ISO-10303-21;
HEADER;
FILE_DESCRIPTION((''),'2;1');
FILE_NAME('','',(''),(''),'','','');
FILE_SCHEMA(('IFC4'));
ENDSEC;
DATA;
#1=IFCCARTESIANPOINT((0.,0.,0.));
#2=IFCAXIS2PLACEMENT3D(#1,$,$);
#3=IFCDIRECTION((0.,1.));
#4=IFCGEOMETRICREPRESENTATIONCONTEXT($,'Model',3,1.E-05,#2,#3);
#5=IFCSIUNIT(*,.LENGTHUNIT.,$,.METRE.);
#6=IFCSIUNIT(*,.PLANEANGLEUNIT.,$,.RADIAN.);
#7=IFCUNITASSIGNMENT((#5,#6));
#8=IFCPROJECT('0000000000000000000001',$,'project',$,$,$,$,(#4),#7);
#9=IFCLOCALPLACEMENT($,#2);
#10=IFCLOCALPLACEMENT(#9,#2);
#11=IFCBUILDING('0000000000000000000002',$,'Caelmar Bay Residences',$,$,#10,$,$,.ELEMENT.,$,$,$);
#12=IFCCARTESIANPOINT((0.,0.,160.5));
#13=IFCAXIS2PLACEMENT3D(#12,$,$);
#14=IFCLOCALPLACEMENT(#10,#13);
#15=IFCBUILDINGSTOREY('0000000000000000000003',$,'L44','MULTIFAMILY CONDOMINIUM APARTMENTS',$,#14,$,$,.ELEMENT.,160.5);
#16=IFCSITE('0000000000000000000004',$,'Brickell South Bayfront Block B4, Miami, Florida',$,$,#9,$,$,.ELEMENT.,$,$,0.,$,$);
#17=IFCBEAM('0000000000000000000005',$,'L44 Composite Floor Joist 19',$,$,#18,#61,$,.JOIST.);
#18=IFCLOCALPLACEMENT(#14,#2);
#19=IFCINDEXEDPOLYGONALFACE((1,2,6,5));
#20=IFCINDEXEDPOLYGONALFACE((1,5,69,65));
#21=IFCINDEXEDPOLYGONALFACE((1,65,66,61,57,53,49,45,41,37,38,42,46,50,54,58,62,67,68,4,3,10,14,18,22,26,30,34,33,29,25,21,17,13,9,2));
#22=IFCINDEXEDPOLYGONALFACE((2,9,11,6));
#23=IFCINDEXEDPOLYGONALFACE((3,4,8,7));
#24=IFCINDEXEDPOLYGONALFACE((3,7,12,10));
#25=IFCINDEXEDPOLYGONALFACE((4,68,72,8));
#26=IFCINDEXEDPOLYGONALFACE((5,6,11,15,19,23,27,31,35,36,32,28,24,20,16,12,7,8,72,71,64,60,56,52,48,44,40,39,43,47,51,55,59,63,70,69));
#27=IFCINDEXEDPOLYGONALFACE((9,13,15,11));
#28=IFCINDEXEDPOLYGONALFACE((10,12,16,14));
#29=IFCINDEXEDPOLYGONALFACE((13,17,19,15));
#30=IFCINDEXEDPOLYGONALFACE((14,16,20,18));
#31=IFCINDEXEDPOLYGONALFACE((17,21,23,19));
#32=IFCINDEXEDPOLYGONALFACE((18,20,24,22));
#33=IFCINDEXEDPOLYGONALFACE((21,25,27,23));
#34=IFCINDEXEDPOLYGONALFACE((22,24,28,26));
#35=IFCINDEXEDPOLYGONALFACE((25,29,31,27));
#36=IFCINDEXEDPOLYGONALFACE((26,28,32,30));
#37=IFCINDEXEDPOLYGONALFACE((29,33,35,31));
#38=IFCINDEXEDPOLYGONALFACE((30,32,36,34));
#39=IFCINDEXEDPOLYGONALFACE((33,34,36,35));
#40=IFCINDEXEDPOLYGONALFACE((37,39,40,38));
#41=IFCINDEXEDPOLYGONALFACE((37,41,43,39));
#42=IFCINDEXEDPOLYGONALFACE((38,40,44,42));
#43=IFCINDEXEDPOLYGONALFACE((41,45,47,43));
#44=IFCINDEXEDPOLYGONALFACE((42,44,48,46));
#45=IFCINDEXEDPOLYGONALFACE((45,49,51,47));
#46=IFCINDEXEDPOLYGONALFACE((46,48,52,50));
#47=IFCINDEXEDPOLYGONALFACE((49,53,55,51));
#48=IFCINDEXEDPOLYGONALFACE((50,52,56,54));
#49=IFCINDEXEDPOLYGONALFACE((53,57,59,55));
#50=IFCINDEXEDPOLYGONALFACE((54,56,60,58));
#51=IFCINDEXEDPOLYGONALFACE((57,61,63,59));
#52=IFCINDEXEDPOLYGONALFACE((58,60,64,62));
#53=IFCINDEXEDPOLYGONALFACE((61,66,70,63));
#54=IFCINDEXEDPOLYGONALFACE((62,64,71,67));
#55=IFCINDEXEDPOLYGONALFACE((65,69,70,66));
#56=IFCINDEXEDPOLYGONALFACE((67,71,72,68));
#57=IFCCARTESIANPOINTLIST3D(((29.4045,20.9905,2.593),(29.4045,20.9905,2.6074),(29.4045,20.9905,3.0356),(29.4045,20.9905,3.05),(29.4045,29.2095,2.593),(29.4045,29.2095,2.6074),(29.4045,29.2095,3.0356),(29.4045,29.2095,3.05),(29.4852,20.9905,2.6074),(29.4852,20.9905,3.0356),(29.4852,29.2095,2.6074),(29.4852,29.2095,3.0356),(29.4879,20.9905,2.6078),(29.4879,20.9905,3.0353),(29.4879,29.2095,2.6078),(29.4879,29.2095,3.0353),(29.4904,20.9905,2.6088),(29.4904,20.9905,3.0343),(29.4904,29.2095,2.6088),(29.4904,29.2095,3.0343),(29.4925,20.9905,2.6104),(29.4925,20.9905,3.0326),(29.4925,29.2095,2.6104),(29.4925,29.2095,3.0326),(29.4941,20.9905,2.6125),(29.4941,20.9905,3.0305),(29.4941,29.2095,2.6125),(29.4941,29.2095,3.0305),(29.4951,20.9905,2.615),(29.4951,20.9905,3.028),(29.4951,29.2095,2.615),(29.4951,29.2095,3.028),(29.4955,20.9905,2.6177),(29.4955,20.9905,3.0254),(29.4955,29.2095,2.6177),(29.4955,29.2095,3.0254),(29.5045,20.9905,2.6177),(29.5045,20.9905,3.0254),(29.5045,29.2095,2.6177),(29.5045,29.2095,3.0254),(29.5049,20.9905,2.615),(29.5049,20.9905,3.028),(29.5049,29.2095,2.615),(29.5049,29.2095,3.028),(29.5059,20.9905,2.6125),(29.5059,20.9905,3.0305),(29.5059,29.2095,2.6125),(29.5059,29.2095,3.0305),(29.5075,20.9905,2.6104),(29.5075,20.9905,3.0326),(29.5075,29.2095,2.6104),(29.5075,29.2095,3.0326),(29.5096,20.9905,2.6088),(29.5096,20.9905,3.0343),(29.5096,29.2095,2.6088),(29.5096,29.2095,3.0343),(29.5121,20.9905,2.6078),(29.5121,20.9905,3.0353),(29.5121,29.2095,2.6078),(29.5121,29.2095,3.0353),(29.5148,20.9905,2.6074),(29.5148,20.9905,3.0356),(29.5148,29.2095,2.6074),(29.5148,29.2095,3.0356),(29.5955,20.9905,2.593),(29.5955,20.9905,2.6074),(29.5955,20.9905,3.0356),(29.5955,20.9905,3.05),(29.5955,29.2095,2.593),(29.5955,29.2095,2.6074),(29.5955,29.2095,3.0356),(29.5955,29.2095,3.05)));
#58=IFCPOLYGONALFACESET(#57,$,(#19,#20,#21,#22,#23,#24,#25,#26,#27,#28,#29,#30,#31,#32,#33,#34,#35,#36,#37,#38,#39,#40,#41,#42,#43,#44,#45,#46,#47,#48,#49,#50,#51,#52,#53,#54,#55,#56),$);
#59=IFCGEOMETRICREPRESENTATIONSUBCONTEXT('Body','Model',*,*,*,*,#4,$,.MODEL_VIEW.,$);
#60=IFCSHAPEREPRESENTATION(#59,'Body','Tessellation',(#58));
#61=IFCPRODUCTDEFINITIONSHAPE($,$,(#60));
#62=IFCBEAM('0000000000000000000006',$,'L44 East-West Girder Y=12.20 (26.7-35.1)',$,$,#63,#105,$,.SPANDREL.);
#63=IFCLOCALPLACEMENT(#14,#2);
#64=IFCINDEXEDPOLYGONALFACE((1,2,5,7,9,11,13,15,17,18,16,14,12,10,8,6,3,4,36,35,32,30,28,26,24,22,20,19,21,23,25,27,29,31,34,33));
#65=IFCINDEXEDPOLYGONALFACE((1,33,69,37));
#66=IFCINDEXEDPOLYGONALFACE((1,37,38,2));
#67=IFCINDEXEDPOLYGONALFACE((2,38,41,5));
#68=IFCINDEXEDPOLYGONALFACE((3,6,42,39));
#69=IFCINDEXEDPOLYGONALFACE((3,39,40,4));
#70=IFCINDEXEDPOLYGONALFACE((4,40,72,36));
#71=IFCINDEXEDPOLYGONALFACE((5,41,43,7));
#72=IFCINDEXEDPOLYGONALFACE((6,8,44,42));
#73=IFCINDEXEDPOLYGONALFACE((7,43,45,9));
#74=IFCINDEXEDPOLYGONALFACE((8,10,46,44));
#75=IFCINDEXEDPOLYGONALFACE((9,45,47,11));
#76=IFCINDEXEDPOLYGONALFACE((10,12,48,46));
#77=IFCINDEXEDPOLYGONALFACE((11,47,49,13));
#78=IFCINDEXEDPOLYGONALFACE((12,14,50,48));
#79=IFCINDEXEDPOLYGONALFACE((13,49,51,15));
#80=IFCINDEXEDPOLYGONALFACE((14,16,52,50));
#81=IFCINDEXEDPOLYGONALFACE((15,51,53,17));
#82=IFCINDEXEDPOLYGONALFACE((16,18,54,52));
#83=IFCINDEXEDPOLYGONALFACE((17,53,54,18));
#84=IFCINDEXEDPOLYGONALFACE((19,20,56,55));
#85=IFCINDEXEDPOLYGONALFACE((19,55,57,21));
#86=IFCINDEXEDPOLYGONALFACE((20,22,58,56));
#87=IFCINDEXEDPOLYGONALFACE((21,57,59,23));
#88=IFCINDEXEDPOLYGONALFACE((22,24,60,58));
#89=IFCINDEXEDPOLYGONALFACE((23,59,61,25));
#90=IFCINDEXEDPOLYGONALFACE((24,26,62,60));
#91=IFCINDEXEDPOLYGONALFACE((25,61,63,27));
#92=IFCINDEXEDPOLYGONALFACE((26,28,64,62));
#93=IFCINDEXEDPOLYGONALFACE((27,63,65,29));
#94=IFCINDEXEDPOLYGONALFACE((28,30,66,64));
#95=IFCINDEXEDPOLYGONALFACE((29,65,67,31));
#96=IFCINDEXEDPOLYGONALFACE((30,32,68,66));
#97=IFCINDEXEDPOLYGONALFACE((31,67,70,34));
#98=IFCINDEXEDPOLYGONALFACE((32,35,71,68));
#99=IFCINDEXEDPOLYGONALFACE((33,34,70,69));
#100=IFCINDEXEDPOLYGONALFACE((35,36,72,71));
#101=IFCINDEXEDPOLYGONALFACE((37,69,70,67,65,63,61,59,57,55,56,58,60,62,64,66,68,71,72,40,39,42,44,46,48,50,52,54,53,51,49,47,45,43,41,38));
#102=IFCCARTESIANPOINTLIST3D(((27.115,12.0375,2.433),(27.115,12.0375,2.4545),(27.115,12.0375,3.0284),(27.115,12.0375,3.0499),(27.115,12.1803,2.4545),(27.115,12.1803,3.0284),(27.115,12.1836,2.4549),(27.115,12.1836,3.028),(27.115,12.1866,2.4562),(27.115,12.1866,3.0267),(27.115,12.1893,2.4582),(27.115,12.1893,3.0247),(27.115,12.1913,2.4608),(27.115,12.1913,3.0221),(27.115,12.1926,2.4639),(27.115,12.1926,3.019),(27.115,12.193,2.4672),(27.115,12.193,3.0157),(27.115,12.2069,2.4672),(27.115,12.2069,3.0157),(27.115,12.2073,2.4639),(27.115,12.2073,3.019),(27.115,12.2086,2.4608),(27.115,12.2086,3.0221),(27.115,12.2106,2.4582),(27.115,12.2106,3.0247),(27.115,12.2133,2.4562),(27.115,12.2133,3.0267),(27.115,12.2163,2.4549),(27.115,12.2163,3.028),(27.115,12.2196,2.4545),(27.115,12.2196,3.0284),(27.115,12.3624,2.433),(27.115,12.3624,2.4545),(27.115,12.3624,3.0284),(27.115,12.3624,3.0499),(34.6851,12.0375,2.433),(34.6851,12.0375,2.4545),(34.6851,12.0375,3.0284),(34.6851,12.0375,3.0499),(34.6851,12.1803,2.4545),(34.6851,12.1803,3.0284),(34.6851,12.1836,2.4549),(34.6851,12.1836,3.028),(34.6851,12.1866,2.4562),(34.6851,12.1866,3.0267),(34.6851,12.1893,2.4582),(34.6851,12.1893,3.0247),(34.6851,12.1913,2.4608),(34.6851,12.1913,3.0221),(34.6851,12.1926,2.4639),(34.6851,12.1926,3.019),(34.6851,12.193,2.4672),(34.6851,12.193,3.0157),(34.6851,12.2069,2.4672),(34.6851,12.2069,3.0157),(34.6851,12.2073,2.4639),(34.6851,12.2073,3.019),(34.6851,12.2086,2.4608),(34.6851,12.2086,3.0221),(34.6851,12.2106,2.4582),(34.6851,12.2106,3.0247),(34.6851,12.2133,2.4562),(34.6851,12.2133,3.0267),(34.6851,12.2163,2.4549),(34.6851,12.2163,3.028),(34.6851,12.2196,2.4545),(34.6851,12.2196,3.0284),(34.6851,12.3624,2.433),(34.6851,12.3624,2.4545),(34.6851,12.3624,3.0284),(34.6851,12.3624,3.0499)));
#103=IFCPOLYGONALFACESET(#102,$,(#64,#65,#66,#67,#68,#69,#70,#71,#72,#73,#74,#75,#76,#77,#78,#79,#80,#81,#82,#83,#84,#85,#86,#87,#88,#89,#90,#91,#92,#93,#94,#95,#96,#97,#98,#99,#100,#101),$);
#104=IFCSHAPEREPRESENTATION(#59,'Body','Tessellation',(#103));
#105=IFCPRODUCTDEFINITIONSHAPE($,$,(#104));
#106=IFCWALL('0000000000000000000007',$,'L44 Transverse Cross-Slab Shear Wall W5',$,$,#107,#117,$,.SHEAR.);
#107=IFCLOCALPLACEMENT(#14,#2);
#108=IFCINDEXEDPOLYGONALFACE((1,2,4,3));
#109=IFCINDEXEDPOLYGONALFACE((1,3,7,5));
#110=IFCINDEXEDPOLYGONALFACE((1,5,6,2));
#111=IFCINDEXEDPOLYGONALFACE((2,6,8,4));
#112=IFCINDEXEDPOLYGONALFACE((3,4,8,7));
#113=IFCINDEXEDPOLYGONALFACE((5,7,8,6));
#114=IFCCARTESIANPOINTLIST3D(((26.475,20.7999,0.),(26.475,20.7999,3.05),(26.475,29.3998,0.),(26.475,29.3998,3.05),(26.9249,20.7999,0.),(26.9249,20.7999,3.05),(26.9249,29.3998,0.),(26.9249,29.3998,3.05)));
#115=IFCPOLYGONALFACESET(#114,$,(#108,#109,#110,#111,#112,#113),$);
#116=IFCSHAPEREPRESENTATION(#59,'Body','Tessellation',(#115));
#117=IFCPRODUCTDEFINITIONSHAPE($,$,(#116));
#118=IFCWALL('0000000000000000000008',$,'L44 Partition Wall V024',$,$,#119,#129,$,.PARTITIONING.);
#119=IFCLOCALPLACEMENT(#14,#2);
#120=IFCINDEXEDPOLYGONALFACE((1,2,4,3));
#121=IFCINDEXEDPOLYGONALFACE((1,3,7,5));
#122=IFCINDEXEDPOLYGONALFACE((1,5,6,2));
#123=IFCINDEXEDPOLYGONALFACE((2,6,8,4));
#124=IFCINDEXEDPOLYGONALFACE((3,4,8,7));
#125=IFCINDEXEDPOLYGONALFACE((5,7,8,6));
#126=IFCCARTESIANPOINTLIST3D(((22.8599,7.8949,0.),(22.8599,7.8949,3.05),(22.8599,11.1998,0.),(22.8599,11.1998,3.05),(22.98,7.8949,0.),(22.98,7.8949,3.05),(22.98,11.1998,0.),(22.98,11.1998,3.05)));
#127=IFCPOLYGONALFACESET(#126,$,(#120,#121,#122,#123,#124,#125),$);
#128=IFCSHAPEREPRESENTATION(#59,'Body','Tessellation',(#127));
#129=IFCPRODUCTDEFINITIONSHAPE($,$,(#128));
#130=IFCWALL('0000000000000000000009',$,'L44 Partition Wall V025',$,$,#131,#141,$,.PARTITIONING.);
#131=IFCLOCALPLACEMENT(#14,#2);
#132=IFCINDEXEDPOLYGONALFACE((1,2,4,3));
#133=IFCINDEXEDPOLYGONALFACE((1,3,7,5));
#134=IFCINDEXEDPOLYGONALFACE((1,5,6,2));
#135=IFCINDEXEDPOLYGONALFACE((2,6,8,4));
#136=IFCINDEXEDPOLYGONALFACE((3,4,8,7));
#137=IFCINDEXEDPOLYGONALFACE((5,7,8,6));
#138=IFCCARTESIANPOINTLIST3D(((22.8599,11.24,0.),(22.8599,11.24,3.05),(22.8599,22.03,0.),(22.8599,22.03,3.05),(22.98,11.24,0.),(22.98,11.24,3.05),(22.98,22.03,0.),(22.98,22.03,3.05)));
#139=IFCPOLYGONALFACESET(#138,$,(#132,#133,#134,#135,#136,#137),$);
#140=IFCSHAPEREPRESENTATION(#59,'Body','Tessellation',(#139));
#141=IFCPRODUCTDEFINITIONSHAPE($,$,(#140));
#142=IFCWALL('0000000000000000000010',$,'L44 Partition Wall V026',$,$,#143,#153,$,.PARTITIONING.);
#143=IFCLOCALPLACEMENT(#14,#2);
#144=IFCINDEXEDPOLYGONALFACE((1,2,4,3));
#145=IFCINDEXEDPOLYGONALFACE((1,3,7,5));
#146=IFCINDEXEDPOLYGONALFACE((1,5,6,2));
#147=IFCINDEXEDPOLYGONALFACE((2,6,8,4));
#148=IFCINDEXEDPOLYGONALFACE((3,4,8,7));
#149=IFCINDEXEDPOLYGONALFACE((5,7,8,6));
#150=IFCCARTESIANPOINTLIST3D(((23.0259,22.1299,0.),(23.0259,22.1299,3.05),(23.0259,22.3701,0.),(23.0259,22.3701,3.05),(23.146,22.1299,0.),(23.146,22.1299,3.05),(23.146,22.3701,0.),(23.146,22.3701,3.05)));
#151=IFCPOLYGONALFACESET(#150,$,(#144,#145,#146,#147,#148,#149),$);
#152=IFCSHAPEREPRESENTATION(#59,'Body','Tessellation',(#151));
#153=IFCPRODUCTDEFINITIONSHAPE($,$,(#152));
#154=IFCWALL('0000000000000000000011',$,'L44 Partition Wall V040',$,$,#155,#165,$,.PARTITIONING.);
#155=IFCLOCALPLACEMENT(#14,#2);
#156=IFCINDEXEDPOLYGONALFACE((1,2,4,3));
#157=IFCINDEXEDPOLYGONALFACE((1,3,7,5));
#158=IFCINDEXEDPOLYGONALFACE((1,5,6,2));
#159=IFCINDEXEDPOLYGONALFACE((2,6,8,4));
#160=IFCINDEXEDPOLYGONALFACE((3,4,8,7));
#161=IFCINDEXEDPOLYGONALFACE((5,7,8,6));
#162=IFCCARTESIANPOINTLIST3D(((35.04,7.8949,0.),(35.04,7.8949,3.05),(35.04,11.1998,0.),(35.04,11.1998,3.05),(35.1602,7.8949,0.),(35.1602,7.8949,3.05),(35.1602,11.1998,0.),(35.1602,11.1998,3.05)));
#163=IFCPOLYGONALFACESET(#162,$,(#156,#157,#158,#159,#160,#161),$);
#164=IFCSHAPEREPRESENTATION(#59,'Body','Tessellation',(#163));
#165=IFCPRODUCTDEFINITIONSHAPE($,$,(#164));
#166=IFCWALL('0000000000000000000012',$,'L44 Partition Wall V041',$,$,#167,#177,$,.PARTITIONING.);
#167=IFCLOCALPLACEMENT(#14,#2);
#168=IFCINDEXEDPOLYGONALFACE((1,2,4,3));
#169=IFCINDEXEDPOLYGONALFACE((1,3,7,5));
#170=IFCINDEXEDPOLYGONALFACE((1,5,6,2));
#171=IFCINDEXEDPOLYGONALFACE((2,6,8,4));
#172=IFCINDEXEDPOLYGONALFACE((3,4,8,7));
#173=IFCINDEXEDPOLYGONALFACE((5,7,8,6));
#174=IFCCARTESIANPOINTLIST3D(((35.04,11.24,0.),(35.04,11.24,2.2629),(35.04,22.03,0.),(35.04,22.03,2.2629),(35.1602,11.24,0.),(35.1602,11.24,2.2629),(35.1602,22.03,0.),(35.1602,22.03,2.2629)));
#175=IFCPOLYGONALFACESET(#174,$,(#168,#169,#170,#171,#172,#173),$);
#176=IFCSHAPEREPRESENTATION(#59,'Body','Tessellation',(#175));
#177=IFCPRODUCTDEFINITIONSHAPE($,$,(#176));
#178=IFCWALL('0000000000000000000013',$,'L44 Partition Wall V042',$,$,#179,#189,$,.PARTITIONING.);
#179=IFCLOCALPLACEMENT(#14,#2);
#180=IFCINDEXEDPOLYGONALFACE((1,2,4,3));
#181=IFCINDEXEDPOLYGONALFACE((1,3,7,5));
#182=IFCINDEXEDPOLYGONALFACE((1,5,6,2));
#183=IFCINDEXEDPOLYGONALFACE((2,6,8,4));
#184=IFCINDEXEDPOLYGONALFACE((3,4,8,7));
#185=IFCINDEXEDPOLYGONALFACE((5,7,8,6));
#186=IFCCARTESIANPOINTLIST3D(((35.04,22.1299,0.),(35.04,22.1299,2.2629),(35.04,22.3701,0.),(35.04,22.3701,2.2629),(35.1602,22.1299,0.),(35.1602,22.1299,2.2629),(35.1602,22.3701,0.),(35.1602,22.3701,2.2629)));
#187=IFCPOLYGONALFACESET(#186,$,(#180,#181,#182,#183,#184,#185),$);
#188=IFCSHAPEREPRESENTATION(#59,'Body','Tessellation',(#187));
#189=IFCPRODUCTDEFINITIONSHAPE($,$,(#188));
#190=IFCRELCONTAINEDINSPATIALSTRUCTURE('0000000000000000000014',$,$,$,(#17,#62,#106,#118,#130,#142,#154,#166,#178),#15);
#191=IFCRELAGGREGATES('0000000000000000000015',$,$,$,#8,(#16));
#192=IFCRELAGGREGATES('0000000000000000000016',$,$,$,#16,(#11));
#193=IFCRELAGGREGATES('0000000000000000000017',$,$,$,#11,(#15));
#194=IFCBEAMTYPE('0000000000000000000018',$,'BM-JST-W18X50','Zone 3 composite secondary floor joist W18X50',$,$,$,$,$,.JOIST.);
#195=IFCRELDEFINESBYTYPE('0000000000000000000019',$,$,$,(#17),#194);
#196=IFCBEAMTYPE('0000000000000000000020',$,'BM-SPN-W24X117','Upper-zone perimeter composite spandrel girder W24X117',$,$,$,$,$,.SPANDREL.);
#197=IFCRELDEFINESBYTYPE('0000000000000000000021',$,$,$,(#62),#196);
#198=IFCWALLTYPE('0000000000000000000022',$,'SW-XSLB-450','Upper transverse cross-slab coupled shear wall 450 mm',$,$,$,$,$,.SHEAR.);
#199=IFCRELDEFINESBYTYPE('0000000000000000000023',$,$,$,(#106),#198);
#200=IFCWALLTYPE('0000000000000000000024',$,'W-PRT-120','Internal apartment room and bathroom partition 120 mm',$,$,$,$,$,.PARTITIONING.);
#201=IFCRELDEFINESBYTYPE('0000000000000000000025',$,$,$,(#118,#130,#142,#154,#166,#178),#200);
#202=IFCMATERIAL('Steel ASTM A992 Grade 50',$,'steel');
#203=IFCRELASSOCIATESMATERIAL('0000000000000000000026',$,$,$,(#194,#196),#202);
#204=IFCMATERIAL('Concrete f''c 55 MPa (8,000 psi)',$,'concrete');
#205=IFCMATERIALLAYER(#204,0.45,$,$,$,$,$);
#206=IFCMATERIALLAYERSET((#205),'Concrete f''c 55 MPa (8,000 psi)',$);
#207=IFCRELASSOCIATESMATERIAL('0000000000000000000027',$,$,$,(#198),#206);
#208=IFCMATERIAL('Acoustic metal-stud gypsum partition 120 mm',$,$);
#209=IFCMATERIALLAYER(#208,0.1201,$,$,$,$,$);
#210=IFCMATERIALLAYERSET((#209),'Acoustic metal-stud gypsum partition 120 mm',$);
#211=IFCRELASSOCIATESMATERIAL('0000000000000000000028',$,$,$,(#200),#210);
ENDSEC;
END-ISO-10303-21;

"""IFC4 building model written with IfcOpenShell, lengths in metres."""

from ifc_helpers import new_model, si_unit, direction, frame, frame_2d, origin, origin_2d, place, context, subcontext, project, spatial, rectangle, i_section, extrude, material, layer, layer_set, material_profile, profile_set, type_object, element, save


model = new_model("IFC4")

# Units and contexts
model_context = context("Model", 3, precision=1e-05, world=origin(), true_north=direction((0.0, 1.0)))
body_context = subcontext(model_context, "Body", "Model", "MODEL_VIEW")
ifc_project = project(units=[si_unit("LENGTHUNIT", "METRE"), si_unit("PLANEANGLEUNIT", "RADIAN")], contexts=[model_context])

# Site, building, storey
site_placement = place(None, origin())
site = spatial("IfcSite", under=ifc_project, at=site_placement, Name="Brickell South Bayfront Block B4, Miami, Florida", CompositionType="ELEMENT", RefElevation=0.0)
building_placement = place(site_placement, origin())
building = spatial("IfcBuilding", under=site, at=building_placement, Name="Caelmar Bay Residences", CompositionType="ELEMENT")
storey_placement = place(building_placement, frame((0.0, 0.0, 160.5)))
storey = spatial("IfcBuildingStorey", under=building, at=storey_placement, Name="L44", Description="MULTIFAMILY CONDOMINIUM APARTMENTS", CompositionType="ELEMENT", Elevation=160.5)

# Shared definitions
ifc_material_1 = material(Name="Concrete f'c 55 MPa (8,000 psi)", Category="concrete")

# Beams
ifc_material_2 = material(Name="Steel ASTM A992 Grade 50", Category="steel")
ifc_material_profile_1 = material_profile(ifc_material_2, i_section(OverallWidth=0.1909, OverallDepth=0.457, WebThickness=0.009, FlangeThickness=0.0144, FilletRadius=0.0103, at=origin_2d()), Name="W18X50")
ifc_profile_set_1 = profile_set([ifc_material_profile_1], Name="Steel ASTM A992 Grade 50")
beam_type_1 = type_object("IfcBeamType", Name="BM-JST-W18X50", Description="Zone 3 composite secondary floor joist W18X50", PredefinedType="JOIST", material=ifc_profile_set_1)
for number, where, z_axis, x_axis, name in (
    (1, (29.5, 20.9905, 2.8215), (0.0, 1.0, 0.0), (-1.0, 0.0, 0.0), "L44 Composite Floor Joist 19"),
):
    element("IfcBeam", number, at=place(storey_placement, frame(where, z_axis=z_axis, x_axis=x_axis)), inside=storey, type_object=beam_type_1, Name=name, PredefinedType="JOIST", context=body_context, shape_type="SweptSolid", body=[
        extrude(i_section(OverallWidth=0.1909, OverallDepth=0.457, WebThickness=0.009, FlangeThickness=0.0144, FilletRadius=0.0103, at=origin_2d()), origin(), (0.0, 0.0, 1.0), 8.219),
    ])
ifc_material_profile_2 = material_profile(ifc_material_2, i_section(OverallWidth=0.325, OverallDepth=0.6169, WebThickness=0.0139, FlangeThickness=0.0215, FilletRadius=0.0127, at=origin_2d()), Name="W24X117")
ifc_profile_set_2 = profile_set([ifc_material_profile_2], Name="Steel ASTM A992 Grade 50")
beam_type_2 = type_object("IfcBeamType", Name="BM-SPN-W24X117", Description="Upper-zone perimeter composite spandrel girder W24X117", PredefinedType="SPANDREL", material=ifc_profile_set_2)
beam_1_placement = place(storey_placement, frame((27.115, 12.2, 2.7415), z_axis=(1.0, 0.0, 0.0), x_axis=(0.0, 1.0, 0.0)))
element("IfcBeam", 2, at=beam_1_placement, inside=storey, type_object=beam_type_2, Name="L44 East-West Girder Y=12.20 (26.7-35.1)", PredefinedType="SPANDREL", context=body_context, shape_type="SweptSolid", body=[
    extrude(i_section(OverallWidth=0.325, OverallDepth=0.6169, WebThickness=0.0139, FlangeThickness=0.0215, FilletRadius=0.0127, at=origin_2d()), origin(), (0.0, 0.0, 1.0), 7.5701),
])

# Walls
ifc_layer_1 = layer(ifc_material_1, 0.45)
ifc_layer_set_1 = layer_set([ifc_layer_1], Name="Concrete f'c 55 MPa (8,000 psi)")
wall_type_1 = type_object("IfcWallType", Name="SW-XSLB-450", Description="Upper transverse cross-slab coupled shear wall 450 mm", PredefinedType="SHEAR", material=ifc_layer_set_1)
wall_1_placement = place(storey_placement, frame((26.7, 20.8, 0.0), z_axis=(0.0, 0.0, 1.0), x_axis=(0.0, 1.0, 0.0)))
element("IfcWall", 3, at=wall_1_placement, inside=storey, type_object=wall_type_1, Name="L44 Transverse Cross-Slab Shear Wall W5", PredefinedType="SHEAR", context=body_context, shape_type="SweptSolid", body=[
    extrude(rectangle(XDim=8.5999, YDim=0.45, at=frame_2d((4.2998, 0.0))), origin(), (0.0, 0.0, 1.0), 3.05),
])
ifc_material_3 = material(Name="Acoustic metal-stud gypsum partition 120 mm")
ifc_layer_2 = layer(ifc_material_3, 0.1201)
ifc_layer_set_2 = layer_set([ifc_layer_2], Name="Acoustic metal-stud gypsum partition 120 mm")
wall_type_2 = type_object("IfcWallType", Name="W-PRT-120", Description="Internal apartment room and bathroom partition 120 mm", PredefinedType="PARTITIONING", material=ifc_layer_set_2)
wall_2_placement = place(storey_placement, frame((22.9199, 7.895, 0.0), z_axis=(0.0, 0.0, 1.0), x_axis=(0.0, 1.0, 0.0)))
element("IfcWall", 4, at=wall_2_placement, inside=storey, type_object=wall_type_2, Name="L44 Partition Wall V024", PredefinedType="PARTITIONING", context=body_context, shape_type="SweptSolid", body=[
    extrude(rectangle(XDim=3.3049, YDim=0.1201, at=frame_2d((1.6523, 0.0))), origin(), (0.0, 0.0, 1.0), 3.05),
])
wall_3_placement = place(storey_placement, frame((22.9199, 11.24, 0.0), z_axis=(0.0, 0.0, 1.0), x_axis=(0.0, 1.0, 0.0)))
element("IfcWall", 5, at=wall_3_placement, inside=storey, type_object=wall_type_2, Name="L44 Partition Wall V025", PredefinedType="PARTITIONING", context=body_context, shape_type="SweptSolid", body=[
    extrude(rectangle(XDim=10.79, YDim=0.1201, at=frame_2d((5.395, 0.0))), origin(), (0.0, 0.0, 1.0), 3.05),
])
wall_4_placement = place(storey_placement, frame((23.0859, 22.1299, 0.0), z_axis=(0.0, 0.0, 1.0), x_axis=(0.0, 1.0, 0.0)))
element("IfcWall", 6, at=wall_4_placement, inside=storey, type_object=wall_type_2, Name="L44 Partition Wall V026", PredefinedType="PARTITIONING", context=body_context, shape_type="SweptSolid", body=[
    extrude(rectangle(XDim=0.2402, YDim=0.1201, at=frame_2d((0.1201, 0.0))), origin(), (0.0, 0.0, 1.0), 3.05),
])
wall_5_placement = place(storey_placement, frame((35.1001, 7.895, 0.0), z_axis=(0.0, 0.0, 1.0), x_axis=(0.0, 1.0, 0.0)))
element("IfcWall", 7, at=wall_5_placement, inside=storey, type_object=wall_type_2, Name="L44 Partition Wall V040", PredefinedType="PARTITIONING", context=body_context, shape_type="SweptSolid", body=[
    extrude(rectangle(XDim=3.3049, YDim=0.1201, at=frame_2d((1.6523, 0.0))), origin(), (0.0, 0.0, 1.0), 3.05),
])
wall_6_placement = place(storey_placement, frame((35.1001, 11.24, 0.0), z_axis=(0.0, 0.0, 1.0), x_axis=(0.0, 1.0, 0.0)))
element("IfcWall", 8, at=wall_6_placement, inside=storey, type_object=wall_type_2, Name="L44 Partition Wall V041", PredefinedType="PARTITIONING", context=body_context, shape_type="SweptSolid", body=[
    extrude(rectangle(XDim=10.79, YDim=0.1201, at=frame_2d((5.395, 0.0))), origin(), (0.0, 0.0, 1.0), 2.2629),
])
wall_7_placement = place(storey_placement, frame((35.1001, 22.1299, 0.0), z_axis=(0.0, 0.0, 1.0), x_axis=(0.0, 1.0, 0.0)))
element("IfcWall", 9, at=wall_7_placement, inside=storey, type_object=wall_type_2, Name="L44 Partition Wall V042", PredefinedType="PARTITIONING", context=body_context, shape_type="SweptSolid", body=[
    extrude(rectangle(XDim=0.2402, YDim=0.1201, at=frame_2d((0.1201, 0.0))), origin(), (0.0, 0.0, 1.0), 2.2629),
])

save(model, "model.ifc")
